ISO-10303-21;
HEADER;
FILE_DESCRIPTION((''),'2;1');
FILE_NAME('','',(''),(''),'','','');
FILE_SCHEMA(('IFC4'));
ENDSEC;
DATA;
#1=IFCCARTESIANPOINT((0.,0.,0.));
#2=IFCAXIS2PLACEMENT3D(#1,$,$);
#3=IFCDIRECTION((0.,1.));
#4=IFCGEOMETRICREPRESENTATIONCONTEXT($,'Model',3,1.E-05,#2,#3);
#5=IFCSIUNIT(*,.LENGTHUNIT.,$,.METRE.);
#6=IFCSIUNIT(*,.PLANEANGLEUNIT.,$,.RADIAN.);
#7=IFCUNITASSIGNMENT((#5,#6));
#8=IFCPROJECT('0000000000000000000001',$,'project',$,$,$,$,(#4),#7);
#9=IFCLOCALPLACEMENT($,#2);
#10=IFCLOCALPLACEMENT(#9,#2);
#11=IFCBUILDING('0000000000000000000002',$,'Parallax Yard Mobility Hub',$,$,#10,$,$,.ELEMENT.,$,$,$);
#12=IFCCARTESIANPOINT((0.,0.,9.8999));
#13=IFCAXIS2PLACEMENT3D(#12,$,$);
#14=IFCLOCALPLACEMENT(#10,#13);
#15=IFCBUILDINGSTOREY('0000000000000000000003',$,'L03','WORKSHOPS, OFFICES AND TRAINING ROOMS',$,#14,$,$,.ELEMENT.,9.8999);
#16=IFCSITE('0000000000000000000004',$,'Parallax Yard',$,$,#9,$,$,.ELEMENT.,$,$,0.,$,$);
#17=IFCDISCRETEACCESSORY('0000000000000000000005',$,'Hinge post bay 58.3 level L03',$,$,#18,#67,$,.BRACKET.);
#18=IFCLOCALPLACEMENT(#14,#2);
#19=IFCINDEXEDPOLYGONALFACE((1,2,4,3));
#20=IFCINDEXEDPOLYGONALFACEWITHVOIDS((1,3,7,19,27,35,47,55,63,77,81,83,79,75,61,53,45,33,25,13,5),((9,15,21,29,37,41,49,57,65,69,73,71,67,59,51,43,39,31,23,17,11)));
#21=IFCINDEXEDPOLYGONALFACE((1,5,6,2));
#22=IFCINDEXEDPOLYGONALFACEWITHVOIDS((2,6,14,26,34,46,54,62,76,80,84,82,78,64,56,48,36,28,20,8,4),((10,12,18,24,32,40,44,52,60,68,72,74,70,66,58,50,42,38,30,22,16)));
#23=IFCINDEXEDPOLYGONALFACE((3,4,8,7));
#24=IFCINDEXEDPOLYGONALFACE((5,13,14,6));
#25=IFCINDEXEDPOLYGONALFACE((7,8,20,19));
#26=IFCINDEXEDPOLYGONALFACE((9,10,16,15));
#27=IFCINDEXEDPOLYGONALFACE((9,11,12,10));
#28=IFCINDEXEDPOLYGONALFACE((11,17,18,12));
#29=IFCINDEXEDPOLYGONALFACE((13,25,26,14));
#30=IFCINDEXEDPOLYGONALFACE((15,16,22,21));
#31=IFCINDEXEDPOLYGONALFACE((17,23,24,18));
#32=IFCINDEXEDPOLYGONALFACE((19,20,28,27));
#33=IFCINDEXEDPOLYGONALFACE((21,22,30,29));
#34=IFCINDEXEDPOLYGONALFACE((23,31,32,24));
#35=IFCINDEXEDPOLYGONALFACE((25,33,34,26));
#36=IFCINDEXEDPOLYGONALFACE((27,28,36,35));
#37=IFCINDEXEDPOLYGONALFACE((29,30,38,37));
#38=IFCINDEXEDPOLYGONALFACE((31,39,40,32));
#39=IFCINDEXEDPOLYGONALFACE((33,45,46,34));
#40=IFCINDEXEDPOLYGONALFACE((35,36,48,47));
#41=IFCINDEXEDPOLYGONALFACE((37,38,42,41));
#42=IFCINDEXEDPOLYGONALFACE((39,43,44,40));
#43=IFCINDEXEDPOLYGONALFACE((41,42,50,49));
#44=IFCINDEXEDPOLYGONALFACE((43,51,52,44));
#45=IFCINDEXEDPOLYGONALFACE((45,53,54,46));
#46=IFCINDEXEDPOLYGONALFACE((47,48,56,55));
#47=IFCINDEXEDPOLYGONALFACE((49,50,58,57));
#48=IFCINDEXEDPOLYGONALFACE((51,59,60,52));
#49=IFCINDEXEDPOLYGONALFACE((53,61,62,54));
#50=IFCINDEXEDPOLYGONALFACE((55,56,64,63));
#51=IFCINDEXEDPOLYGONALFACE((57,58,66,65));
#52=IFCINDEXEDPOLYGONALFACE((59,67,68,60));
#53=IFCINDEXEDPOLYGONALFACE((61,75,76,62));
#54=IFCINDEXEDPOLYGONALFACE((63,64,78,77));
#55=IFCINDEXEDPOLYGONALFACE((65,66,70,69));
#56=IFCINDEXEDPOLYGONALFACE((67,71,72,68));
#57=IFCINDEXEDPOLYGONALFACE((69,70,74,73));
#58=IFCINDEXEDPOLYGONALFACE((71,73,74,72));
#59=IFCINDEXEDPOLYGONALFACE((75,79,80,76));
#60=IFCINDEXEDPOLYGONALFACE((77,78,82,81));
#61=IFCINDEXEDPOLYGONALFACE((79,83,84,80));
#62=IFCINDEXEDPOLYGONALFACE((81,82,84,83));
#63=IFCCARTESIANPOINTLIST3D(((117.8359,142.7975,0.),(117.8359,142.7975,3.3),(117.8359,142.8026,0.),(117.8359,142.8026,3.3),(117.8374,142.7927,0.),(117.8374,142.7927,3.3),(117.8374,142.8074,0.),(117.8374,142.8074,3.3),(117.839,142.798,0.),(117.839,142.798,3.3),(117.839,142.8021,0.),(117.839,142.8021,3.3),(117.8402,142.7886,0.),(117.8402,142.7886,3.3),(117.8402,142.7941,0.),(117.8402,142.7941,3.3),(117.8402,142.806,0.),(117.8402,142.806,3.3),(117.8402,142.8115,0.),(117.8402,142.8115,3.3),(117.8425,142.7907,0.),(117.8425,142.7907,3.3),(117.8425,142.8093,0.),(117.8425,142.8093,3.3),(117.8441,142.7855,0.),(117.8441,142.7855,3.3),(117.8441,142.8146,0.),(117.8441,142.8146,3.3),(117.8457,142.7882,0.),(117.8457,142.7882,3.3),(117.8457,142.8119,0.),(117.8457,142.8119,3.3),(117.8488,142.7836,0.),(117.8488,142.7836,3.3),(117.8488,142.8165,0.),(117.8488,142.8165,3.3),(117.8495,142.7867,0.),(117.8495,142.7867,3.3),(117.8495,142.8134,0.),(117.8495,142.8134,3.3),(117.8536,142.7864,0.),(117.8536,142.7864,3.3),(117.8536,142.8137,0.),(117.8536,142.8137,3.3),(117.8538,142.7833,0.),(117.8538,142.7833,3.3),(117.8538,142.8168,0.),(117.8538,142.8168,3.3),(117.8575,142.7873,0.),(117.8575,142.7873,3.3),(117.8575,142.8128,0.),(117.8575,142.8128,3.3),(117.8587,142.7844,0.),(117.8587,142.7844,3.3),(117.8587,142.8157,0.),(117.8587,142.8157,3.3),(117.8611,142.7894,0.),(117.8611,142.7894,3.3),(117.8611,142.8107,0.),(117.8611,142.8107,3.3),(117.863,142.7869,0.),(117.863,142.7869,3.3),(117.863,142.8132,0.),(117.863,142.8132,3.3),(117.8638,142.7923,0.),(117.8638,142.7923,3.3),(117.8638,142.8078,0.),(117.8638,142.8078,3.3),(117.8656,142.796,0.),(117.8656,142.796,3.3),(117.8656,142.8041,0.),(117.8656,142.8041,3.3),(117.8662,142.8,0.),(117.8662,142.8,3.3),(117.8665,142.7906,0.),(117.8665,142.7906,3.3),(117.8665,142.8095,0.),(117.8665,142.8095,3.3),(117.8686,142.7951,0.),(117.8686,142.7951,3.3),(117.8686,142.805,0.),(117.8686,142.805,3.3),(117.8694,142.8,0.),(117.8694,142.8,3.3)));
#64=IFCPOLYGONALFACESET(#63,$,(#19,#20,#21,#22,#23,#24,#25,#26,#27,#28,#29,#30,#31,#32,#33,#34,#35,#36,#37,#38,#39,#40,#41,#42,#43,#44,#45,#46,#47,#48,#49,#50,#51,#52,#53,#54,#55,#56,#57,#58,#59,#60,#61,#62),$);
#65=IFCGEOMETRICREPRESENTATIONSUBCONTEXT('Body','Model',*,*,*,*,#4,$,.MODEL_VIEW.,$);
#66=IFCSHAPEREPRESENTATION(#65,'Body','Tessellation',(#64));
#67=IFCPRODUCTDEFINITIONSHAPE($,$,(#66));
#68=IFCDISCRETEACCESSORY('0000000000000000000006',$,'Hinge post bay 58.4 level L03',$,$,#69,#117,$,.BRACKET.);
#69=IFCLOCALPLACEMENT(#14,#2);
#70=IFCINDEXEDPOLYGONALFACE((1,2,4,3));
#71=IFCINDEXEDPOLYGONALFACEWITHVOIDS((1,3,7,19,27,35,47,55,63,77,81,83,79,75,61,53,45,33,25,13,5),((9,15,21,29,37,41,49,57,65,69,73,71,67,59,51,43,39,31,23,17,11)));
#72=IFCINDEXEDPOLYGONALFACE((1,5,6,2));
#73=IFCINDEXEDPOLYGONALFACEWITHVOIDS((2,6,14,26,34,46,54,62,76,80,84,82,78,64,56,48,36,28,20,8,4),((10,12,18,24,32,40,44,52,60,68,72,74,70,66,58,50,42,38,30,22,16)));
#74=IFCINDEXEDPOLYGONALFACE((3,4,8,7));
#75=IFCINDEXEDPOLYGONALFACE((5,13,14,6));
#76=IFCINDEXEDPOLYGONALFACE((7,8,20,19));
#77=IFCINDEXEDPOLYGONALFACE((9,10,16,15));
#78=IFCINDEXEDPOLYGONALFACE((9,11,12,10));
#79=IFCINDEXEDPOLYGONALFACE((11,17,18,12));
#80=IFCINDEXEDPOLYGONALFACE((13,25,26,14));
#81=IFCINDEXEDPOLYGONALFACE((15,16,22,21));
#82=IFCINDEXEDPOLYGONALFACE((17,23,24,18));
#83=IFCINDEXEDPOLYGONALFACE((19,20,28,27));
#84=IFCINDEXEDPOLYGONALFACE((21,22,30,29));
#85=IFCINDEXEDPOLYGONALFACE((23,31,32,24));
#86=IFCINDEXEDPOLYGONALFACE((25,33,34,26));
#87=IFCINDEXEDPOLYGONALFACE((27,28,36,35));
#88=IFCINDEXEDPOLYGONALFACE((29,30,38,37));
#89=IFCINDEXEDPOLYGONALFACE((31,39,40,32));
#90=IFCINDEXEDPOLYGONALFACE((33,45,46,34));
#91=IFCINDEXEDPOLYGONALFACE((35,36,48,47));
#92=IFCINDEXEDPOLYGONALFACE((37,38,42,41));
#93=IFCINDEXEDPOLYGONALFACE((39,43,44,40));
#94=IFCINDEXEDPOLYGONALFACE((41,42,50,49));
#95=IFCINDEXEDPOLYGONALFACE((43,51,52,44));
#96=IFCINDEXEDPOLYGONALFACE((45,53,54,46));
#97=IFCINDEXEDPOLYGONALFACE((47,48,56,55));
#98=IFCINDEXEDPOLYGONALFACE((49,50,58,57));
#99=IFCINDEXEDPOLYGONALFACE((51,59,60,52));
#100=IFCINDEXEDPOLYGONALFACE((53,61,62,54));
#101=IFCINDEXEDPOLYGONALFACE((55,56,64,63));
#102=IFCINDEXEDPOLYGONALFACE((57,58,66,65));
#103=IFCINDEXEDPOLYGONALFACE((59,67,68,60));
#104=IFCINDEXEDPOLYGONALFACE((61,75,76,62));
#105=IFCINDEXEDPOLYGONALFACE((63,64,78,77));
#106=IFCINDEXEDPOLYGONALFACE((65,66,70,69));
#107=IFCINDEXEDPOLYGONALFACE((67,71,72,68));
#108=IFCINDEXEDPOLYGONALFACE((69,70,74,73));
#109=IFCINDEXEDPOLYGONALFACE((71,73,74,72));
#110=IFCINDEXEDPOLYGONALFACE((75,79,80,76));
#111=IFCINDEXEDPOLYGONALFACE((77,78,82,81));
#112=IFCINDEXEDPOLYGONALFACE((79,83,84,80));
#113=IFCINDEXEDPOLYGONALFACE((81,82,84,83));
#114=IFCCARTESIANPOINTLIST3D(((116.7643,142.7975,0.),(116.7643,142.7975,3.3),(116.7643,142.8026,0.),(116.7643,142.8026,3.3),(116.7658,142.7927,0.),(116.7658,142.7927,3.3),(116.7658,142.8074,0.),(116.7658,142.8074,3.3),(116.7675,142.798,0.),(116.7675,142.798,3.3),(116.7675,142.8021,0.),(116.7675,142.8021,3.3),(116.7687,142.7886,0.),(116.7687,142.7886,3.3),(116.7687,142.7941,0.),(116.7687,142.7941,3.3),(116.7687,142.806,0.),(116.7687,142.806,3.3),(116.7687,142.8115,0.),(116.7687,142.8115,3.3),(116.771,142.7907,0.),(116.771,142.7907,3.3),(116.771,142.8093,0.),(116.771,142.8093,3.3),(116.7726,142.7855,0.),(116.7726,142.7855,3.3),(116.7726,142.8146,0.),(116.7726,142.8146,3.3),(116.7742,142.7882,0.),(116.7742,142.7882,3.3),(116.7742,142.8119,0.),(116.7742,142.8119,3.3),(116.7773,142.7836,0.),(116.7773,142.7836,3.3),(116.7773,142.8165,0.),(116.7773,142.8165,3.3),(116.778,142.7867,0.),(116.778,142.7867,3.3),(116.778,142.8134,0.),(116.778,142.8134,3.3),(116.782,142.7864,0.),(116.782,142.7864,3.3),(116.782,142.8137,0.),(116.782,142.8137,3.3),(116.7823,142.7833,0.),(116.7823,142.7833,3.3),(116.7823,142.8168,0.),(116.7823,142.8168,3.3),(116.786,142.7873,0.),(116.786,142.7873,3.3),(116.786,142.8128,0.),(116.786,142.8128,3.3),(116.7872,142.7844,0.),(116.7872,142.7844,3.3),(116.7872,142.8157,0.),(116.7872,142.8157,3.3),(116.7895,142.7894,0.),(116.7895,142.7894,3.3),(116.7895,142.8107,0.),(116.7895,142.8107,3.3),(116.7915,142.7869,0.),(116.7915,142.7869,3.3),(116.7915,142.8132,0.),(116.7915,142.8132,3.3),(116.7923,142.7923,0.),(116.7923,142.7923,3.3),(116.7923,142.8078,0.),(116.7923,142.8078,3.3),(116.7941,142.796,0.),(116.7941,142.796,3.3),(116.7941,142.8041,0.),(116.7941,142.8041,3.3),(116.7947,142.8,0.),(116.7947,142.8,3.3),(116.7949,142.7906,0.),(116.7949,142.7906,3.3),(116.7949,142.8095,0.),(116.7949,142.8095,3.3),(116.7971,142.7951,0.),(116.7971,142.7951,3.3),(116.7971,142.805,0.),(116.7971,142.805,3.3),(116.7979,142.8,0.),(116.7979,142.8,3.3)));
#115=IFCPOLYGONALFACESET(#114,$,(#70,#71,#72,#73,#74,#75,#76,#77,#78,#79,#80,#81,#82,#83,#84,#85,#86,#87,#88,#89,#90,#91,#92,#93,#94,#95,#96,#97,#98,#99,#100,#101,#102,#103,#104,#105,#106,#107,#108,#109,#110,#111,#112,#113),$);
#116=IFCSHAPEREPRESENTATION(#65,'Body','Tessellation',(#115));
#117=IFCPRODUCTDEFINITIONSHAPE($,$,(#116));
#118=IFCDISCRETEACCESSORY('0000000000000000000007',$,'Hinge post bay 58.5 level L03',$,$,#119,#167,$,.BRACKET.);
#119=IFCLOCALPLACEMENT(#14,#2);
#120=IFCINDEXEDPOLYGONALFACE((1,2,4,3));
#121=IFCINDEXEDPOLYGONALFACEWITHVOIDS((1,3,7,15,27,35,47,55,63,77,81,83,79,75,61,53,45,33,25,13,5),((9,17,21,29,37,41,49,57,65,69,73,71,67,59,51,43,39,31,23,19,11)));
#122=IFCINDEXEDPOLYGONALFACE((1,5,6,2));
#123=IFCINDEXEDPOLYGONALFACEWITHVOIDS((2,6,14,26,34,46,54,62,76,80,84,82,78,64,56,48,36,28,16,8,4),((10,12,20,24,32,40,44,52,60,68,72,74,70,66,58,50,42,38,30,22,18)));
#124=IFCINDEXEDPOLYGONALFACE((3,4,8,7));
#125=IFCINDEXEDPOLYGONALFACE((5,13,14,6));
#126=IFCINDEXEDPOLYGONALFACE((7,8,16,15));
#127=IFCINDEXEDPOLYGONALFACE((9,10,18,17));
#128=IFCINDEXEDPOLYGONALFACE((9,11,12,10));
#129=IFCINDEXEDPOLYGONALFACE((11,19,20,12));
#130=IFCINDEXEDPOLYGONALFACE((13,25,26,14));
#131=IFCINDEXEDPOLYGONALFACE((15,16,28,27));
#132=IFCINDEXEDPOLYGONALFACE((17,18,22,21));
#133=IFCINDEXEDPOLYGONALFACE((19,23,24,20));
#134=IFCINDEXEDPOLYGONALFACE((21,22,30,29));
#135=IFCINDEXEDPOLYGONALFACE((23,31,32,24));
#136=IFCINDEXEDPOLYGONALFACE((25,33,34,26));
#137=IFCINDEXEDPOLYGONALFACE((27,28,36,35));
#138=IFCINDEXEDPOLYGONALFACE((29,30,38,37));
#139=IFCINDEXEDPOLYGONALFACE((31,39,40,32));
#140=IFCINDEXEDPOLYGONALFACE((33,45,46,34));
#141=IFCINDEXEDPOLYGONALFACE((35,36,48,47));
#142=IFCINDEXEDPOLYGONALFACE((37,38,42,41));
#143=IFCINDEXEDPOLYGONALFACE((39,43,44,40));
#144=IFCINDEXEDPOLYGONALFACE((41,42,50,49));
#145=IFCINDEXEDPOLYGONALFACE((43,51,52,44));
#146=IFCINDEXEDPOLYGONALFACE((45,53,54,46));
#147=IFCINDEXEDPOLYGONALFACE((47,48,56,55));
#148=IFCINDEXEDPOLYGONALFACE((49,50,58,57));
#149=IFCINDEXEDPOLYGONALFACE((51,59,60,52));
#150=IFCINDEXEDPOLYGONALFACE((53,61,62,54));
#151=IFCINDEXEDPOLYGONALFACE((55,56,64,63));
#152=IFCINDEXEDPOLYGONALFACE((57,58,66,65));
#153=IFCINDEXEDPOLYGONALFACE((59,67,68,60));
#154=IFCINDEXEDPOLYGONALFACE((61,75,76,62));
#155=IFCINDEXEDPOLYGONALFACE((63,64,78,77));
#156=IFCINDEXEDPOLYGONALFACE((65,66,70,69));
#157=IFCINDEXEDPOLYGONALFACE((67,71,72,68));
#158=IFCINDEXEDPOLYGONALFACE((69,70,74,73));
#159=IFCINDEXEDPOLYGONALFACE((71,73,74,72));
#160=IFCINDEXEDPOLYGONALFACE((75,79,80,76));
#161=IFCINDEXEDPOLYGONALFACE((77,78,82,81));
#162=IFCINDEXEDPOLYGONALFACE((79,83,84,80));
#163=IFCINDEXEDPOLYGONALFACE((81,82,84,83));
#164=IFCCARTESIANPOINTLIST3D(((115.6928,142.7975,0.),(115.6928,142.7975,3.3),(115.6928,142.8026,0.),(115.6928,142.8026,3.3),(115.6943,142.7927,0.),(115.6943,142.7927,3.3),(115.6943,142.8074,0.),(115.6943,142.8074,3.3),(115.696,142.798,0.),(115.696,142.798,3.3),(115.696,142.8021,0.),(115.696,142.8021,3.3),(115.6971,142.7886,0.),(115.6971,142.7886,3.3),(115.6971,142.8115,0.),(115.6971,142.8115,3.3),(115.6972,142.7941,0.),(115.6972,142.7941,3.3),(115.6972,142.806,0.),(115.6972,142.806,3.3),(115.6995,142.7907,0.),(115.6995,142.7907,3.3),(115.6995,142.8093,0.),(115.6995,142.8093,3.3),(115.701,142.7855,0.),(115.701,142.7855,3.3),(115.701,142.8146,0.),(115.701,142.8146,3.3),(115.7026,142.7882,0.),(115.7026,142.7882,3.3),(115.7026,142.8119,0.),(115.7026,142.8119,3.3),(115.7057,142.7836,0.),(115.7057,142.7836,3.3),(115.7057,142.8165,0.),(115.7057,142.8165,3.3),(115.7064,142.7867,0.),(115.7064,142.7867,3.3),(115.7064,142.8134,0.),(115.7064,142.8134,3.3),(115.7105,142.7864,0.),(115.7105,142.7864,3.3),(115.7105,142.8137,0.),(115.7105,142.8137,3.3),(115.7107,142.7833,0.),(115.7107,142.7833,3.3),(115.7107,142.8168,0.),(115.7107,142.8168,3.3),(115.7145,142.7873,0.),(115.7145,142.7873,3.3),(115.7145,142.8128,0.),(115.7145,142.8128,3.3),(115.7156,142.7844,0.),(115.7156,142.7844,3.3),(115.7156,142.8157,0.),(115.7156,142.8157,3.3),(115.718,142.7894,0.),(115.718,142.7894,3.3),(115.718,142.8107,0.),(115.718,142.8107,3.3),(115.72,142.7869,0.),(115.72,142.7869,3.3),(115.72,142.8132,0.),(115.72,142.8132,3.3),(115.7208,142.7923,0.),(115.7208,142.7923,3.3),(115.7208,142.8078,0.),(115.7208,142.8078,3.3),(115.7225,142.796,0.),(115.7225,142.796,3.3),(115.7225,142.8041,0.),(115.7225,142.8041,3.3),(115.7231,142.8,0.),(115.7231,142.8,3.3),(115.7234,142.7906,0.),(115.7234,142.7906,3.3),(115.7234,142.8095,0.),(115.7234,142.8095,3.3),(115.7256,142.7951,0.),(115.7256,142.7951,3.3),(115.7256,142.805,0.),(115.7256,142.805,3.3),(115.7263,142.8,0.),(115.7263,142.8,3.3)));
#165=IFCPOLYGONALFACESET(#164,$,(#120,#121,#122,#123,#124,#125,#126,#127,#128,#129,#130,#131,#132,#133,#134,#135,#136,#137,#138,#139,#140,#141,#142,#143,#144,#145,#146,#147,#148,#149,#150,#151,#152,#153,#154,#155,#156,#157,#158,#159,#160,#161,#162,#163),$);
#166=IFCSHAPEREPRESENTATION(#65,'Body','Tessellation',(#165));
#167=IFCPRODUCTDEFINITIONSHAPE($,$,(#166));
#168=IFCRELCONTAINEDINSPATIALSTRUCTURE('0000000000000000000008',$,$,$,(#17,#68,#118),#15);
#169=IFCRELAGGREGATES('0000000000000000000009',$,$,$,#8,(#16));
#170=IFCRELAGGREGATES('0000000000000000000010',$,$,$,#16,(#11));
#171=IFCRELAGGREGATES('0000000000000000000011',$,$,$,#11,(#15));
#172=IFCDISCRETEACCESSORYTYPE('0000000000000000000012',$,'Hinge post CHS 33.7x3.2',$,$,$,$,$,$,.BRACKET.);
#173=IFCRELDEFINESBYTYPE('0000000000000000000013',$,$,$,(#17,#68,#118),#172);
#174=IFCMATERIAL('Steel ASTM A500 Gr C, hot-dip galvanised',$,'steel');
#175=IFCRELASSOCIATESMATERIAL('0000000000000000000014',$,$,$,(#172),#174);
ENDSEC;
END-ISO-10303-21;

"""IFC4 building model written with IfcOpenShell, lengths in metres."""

from ifc_helpers import new_model, si_unit, direction, frame, origin, origin_2d, place, context, subcontext, project, spatial, hollow_circle, extrude, material, material_profile, profile_set, type_object, element, save


model = new_model("IFC4")

# Units and contexts
model_context = context("Model", 3, precision=1e-05, world=origin(), true_north=direction((0.0, 1.0)))
body_context = subcontext(model_context, "Body", "Model", "MODEL_VIEW")
ifc_project = project(units=[si_unit("LENGTHUNIT", "METRE"), si_unit("PLANEANGLEUNIT", "RADIAN")], contexts=[model_context])

# Site, building, storey
site_placement = place(None, origin())
site = spatial("IfcSite", under=ifc_project, at=site_placement, Name="Parallax Yard", CompositionType="ELEMENT", RefElevation=0.0)
building_placement = place(site_placement, origin())
building = spatial("IfcBuilding", under=site, at=building_placement, Name="Parallax Yard Mobility Hub", CompositionType="ELEMENT")
storey_placement = place(building_placement, frame((0.0, 0.0, 9.8999)))
storey = spatial("IfcBuildingStorey", under=building, at=storey_placement, Name="L03", Description="WORKSHOPS, OFFICES AND TRAINING ROOMS", CompositionType="ELEMENT", Elevation=9.8999)

# Discrete accessories
ifc_material_1 = material(Name="Steel ASTM A500 Gr C, hot-dip galvanised", Category="steel")
ifc_material_profile = material_profile(ifc_material_1, hollow_circle(Radius=0.0168, WallThickness=0.0032, at=origin_2d()), Name="CHS 33.7x3.2")
ifc_profile_set = profile_set([ifc_material_profile], Name="Steel ASTM A500 Gr C, hot-dip galvanised")
discrete_accessory_type_1 = type_object("IfcDiscreteAccessoryType", Name="Hinge post CHS 33.7x3.2", PredefinedType="BRACKET", material=ifc_profile_set)
for number, where, z_axis, x_axis, name in (
    (1, (117.8525, 142.8, 0.0), (0.0, 0.0, 1.0), (1.0, 0.0, 0.0), "Hinge post bay 58.3 level L03"),
    (2, (116.781, 142.8, 0.0), (0.0, 0.0, 1.0), (1.0, 0.0, 0.0), "Hinge post bay 58.4 level L03"),
    (3, (115.7095, 142.8, 0.0), (0.0, 0.0, 1.0), (1.0, 0.0, 0.0), "Hinge post bay 58.5 level L03"),
):
    element("IfcDiscreteAccessory", number, at=place(storey_placement, frame(where, z_axis=z_axis, x_axis=x_axis)), inside=storey, type_object=discrete_accessory_type_1, Name=name, PredefinedType="BRACKET", context=body_context, shape_type="SweptSolid", body=[
        extrude(hollow_circle(Radius=0.0168, WallThickness=0.0032, at=origin_2d()), origin(), (0.0, 0.0, 1.0), 3.3),
    ])

save(model, "model.ifc")
